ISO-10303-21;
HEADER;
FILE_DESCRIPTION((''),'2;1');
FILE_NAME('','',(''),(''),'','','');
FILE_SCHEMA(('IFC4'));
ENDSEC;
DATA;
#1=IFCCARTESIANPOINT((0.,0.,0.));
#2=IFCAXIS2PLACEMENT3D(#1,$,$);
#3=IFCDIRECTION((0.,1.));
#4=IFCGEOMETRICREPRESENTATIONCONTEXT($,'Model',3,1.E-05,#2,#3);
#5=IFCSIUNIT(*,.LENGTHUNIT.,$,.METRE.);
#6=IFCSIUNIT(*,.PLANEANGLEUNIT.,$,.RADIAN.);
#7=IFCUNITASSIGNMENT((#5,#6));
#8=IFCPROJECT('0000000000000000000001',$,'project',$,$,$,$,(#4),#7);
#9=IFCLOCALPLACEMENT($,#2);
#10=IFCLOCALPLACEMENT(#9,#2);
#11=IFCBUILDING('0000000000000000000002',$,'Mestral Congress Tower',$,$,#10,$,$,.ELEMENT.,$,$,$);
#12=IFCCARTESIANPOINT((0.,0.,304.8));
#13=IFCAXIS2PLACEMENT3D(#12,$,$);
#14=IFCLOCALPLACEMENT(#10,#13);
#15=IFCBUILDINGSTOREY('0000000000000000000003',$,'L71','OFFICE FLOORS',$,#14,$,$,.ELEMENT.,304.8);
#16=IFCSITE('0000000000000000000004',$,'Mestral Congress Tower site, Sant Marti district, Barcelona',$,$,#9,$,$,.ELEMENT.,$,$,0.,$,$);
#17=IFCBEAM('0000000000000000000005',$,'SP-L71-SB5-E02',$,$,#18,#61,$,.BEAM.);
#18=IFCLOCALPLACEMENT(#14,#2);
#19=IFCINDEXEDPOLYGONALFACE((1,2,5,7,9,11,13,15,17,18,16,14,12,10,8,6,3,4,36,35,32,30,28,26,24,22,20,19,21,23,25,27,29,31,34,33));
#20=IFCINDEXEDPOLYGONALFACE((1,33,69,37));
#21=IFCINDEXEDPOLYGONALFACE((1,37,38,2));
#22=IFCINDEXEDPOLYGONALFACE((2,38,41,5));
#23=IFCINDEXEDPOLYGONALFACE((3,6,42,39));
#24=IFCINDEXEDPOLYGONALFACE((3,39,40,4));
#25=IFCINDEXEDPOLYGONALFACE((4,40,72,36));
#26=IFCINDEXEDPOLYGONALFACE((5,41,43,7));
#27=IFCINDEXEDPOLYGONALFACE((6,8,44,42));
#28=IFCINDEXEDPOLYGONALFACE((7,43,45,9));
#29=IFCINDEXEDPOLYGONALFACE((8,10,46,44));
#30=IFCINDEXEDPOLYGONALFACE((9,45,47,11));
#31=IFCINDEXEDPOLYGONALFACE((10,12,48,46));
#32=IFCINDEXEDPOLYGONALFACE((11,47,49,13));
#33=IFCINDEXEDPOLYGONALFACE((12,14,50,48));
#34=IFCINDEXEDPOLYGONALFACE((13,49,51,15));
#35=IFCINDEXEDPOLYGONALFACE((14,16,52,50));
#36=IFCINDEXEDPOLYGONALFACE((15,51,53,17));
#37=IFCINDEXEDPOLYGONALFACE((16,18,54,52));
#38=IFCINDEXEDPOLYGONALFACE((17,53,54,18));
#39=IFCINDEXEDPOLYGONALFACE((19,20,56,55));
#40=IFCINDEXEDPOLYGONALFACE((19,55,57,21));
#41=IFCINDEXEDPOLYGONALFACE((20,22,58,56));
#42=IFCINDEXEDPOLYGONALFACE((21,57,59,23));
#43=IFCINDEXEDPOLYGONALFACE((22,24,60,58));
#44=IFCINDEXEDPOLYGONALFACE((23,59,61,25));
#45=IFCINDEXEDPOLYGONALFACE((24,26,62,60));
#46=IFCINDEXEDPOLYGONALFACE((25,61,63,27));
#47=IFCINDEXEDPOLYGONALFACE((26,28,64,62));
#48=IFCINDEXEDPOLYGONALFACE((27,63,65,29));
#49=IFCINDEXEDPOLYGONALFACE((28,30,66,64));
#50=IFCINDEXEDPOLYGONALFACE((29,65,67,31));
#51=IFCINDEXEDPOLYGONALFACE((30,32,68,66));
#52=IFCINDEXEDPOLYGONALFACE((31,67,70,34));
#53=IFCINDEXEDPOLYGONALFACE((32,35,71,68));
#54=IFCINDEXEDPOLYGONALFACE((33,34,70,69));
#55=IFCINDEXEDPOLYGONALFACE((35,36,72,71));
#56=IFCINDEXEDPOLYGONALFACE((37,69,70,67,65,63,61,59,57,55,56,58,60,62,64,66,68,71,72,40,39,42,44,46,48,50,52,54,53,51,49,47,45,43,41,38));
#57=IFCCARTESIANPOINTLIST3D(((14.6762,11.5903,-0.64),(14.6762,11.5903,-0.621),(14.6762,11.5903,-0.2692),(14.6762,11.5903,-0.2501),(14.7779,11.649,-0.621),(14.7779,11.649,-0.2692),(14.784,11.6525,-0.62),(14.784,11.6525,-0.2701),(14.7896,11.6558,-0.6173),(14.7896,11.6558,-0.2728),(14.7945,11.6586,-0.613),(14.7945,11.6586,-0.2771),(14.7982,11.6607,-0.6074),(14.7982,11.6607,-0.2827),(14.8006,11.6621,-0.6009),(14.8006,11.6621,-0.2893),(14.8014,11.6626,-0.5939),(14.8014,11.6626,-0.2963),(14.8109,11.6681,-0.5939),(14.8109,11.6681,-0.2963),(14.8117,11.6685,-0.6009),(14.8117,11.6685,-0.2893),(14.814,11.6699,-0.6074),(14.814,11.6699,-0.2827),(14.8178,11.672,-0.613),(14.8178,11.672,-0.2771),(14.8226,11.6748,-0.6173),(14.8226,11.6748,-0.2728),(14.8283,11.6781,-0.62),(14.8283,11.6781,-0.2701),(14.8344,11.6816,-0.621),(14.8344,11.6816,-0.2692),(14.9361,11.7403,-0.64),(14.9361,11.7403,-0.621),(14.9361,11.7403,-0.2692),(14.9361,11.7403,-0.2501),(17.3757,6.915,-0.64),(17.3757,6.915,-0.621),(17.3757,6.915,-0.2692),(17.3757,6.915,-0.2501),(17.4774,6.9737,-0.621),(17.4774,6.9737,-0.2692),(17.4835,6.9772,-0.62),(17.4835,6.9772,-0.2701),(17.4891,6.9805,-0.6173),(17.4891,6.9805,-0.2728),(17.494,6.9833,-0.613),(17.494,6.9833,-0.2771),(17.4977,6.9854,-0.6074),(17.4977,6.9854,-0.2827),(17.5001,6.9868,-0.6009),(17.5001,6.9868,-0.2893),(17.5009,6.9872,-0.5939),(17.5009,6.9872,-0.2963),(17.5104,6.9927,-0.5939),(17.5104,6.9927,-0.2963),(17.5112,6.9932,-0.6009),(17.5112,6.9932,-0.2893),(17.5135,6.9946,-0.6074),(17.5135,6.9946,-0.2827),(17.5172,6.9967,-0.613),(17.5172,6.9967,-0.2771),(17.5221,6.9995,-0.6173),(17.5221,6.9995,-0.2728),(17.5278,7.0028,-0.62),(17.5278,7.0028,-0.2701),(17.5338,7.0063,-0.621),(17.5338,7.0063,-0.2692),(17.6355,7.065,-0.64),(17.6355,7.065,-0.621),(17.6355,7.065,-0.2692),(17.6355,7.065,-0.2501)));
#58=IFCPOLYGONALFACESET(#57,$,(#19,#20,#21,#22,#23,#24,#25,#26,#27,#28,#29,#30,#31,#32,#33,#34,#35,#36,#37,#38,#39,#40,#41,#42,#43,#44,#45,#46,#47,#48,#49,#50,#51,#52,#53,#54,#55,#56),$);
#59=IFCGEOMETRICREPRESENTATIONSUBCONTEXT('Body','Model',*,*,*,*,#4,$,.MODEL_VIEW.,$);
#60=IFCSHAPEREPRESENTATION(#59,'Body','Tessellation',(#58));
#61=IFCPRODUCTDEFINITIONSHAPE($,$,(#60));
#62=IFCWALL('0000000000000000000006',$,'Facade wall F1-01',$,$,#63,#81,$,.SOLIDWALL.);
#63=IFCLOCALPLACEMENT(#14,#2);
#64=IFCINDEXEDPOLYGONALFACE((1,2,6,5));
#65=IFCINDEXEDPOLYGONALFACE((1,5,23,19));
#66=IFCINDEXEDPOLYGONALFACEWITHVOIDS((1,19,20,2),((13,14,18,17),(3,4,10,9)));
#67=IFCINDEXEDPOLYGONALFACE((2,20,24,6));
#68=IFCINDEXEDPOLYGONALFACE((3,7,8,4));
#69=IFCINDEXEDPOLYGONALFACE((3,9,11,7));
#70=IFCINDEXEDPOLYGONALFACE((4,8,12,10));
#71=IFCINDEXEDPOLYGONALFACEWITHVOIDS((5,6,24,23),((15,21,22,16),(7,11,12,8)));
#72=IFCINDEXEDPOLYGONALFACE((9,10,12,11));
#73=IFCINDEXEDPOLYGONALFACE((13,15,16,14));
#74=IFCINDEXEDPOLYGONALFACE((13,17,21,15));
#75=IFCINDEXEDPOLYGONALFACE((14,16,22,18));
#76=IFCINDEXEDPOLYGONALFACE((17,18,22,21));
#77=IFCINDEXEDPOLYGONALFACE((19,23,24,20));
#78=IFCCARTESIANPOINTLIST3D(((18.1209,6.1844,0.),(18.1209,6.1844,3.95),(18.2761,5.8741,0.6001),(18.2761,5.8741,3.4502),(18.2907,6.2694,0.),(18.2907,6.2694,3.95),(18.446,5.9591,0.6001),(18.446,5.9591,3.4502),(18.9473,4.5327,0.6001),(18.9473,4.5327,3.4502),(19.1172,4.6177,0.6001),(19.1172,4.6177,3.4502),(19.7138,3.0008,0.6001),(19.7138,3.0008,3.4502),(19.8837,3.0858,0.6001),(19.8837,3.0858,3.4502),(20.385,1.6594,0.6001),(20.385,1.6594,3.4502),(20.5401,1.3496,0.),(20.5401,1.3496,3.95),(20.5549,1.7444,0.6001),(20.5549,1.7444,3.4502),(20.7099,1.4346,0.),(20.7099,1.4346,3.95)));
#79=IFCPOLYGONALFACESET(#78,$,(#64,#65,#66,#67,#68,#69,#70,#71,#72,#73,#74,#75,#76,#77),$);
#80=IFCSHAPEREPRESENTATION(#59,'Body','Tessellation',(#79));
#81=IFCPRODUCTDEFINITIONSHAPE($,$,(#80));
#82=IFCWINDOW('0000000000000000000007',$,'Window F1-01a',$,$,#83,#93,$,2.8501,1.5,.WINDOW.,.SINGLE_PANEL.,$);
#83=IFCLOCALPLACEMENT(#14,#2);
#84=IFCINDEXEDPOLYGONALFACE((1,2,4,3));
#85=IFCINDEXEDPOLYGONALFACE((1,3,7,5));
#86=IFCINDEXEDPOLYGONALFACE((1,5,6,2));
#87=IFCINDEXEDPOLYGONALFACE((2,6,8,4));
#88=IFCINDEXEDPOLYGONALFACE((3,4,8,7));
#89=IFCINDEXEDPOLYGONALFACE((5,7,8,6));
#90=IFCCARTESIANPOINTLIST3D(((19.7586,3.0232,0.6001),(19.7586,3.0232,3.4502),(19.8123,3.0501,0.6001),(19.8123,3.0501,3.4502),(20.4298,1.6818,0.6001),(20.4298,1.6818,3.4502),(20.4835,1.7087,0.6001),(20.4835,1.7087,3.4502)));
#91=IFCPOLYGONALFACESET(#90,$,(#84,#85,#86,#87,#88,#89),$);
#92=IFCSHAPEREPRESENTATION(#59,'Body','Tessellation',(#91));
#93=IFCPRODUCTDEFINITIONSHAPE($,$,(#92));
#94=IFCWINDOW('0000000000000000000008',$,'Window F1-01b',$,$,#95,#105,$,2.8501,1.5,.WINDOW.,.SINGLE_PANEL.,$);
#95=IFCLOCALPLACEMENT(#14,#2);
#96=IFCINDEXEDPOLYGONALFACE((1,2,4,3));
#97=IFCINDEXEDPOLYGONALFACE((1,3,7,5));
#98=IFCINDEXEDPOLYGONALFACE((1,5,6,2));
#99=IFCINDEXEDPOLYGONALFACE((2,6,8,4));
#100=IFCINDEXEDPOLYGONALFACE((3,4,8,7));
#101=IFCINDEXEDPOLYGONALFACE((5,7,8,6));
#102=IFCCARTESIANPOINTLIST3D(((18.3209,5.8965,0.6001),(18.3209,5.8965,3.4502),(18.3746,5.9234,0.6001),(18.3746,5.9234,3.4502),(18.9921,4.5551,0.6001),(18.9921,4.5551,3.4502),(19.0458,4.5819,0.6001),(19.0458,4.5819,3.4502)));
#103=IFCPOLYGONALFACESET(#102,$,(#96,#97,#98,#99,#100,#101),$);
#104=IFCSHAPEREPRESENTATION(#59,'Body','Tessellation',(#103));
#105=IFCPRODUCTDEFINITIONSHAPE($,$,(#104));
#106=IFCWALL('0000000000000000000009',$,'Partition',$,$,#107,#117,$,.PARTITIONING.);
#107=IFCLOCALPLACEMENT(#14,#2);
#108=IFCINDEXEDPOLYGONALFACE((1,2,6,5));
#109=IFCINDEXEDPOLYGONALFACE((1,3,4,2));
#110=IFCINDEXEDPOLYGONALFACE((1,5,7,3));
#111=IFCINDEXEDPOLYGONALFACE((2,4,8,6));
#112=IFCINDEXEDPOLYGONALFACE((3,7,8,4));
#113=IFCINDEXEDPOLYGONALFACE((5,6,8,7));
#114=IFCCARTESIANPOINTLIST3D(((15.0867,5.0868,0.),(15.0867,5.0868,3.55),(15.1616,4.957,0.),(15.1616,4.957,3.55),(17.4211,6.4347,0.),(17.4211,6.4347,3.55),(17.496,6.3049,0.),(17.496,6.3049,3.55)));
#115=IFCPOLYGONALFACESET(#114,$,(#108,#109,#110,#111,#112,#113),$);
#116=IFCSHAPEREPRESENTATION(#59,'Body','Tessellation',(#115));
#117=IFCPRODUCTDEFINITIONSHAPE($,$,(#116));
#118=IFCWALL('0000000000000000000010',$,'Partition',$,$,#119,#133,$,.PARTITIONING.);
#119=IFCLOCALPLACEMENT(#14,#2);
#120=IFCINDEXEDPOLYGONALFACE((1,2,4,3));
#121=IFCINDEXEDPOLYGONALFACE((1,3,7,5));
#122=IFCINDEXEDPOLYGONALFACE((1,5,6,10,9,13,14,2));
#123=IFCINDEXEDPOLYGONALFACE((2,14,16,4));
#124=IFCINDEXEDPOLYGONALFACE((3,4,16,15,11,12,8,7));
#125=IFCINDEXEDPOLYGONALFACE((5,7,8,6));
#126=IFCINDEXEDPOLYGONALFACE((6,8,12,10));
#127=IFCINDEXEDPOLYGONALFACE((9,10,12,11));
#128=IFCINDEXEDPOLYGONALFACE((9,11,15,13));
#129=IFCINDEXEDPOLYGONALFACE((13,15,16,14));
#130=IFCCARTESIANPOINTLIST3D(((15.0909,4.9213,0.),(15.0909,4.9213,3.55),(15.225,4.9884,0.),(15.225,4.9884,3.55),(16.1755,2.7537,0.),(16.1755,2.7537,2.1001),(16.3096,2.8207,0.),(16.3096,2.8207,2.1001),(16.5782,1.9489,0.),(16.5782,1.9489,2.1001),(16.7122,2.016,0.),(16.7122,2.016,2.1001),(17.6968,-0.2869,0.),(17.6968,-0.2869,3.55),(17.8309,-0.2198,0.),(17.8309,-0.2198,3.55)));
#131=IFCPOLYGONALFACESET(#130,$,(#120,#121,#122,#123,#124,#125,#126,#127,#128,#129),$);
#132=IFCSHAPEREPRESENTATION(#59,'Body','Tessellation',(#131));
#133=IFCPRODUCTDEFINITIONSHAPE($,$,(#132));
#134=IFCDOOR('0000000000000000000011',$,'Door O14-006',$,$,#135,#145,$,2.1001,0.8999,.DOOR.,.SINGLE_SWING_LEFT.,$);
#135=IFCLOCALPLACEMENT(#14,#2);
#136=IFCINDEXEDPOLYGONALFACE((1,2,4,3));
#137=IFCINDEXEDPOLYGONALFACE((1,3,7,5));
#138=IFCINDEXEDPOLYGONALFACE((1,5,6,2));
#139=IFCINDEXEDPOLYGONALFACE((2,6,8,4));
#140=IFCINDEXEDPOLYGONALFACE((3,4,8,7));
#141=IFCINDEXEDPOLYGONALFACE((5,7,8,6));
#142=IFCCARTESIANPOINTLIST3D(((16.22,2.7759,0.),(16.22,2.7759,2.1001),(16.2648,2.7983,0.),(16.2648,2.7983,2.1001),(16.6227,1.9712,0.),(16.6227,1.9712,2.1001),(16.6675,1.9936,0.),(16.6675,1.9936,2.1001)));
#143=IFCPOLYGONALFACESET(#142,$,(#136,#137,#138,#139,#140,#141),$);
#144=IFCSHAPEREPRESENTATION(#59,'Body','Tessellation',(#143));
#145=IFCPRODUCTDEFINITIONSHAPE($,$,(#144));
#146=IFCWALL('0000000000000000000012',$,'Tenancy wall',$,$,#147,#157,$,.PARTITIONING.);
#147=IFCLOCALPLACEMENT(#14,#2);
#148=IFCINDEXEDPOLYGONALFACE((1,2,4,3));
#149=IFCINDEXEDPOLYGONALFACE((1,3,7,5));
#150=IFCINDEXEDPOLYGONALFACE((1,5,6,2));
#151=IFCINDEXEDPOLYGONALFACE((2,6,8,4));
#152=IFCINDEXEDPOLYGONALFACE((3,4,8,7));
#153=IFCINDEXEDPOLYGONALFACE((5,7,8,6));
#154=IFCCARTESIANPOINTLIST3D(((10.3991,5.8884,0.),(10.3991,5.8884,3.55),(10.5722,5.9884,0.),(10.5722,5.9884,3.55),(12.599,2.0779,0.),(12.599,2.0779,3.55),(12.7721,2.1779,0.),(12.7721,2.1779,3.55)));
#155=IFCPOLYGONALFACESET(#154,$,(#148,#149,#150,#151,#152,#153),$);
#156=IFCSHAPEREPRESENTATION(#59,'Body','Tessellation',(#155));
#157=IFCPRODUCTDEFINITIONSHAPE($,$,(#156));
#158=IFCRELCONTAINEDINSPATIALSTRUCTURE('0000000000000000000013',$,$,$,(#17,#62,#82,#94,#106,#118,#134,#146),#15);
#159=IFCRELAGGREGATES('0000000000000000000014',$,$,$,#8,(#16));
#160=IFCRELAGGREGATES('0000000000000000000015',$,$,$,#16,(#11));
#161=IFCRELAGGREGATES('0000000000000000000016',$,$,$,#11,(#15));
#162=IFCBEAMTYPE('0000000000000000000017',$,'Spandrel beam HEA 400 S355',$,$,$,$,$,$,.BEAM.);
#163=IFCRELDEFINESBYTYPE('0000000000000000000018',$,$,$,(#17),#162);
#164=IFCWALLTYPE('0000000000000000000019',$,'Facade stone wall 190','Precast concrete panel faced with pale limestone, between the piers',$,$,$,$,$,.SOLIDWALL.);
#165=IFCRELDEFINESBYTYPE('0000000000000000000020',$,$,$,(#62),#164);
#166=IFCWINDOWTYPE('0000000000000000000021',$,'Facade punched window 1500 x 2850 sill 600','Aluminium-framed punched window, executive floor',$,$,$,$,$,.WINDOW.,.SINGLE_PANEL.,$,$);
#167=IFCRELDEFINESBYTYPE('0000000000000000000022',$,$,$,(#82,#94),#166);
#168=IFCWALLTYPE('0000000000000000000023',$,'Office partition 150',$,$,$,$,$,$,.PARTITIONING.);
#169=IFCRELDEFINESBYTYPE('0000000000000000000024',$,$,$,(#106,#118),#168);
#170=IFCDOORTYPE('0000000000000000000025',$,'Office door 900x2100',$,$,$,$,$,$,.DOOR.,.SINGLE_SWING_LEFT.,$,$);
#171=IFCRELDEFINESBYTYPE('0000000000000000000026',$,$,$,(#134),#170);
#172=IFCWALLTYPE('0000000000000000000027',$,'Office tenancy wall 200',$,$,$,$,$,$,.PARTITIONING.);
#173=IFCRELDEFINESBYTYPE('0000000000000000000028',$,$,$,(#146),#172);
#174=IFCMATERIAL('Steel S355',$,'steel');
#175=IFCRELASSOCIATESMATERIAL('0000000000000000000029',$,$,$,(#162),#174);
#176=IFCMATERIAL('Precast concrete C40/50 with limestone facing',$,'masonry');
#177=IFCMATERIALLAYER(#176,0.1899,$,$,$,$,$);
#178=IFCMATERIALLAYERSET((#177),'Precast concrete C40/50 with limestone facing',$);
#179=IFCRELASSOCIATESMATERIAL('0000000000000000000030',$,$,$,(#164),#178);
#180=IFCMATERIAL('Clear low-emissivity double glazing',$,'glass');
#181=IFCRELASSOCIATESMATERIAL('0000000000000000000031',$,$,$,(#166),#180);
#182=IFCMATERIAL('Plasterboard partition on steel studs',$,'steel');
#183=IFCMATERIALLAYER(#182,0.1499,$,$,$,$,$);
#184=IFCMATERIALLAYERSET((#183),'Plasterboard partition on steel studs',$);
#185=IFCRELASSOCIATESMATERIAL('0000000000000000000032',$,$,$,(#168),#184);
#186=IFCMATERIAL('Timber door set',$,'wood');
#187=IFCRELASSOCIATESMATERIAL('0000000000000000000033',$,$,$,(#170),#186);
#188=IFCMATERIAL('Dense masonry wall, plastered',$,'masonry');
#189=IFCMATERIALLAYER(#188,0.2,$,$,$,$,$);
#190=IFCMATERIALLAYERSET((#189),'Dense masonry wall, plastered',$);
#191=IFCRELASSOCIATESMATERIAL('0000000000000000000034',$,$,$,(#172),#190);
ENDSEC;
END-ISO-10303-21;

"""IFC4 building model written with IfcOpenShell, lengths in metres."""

from ifc_helpers import new_model, si_unit, direction, frame, frame_2d, origin, origin_2d, place, context, subcontext, project, spatial, rectangle, i_section, extrude, material, layer, layer_set, material_profile, profile_set, type_object, element, fill, save


model = new_model("IFC4")

# Units and contexts
model_context = context("Model", 3, precision=1e-05, world=origin(), true_north=direction((0.0, 1.0)))
body_context = subcontext(model_context, "Body", "Model", "MODEL_VIEW")
ifc_project = project(units=[si_unit("LENGTHUNIT", "METRE"), si_unit("PLANEANGLEUNIT", "RADIAN")], contexts=[model_context])

# Site, building, storey
site_placement = place(None, origin())
site = spatial("IfcSite", under=ifc_project, at=site_placement, Name="Mestral Congress Tower site, Sant Marti district, Barcelona", CompositionType="ELEMENT", RefElevation=0.0)
building_placement = place(site_placement, origin())
building = spatial("IfcBuilding", under=site, at=building_placement, Name="Mestral Congress Tower", CompositionType="ELEMENT")
storey_placement = place(building_placement, frame((0.0, 0.0, 304.8)))
storey = spatial("IfcBuildingStorey", under=building, at=storey_placement, Name="L71", Description="OFFICE FLOORS", CompositionType="ELEMENT", Elevation=304.8)

# Beam
ifc_material_1 = material(Name="Steel S355", Category="steel")
ifc_material_profile_1 = material_profile(ifc_material_1, i_section(OverallWidth=0.3, OverallDepth=0.3899, WebThickness=0.011, FlangeThickness=0.019, FilletRadius=0.0271, at=origin_2d()), Name="HEA 400")
ifc_profile_set_1 = profile_set([ifc_material_profile_1], Name="Steel S355")
beam_type_1 = type_object("IfcBeamType", Name="Spandrel beam HEA 400 S355", PredefinedType="BEAM", material=ifc_profile_set_1)
beam_1_placement = place(storey_placement, frame((17.5056, 6.99, -0.4451), z_axis=(-0.500025, 0.866011, 0.0), x_axis=(-0.866011, -0.500025, 0.0)))
element("IfcBeam", 1, at=beam_1_placement, inside=storey, type_object=beam_type_1, Name="SP-L71-SB5-E02", PredefinedType="BEAM", context=body_context, shape_type="SweptSolid", body=[
    extrude(i_section(OverallWidth=0.3, OverallDepth=0.3899, WebThickness=0.011, FlangeThickness=0.019, FilletRadius=0.0271, at=origin_2d()), origin(), (0.0, 0.0, 1.0), 5.3987),
])

# Wall, openings, windows
ifc_material_2 = material(Name="Precast concrete C40/50 with limestone facing", Category="masonry")
ifc_layer_1 = layer(ifc_material_2, 0.1899)
ifc_layer_set_1 = layer_set([ifc_layer_1], Name="Precast concrete C40/50 with limestone facing")
wall_type_1 = type_object("IfcWallType", Name="Facade stone wall 190", Description="Precast concrete panel faced with pale limestone, between the piers", PredefinedType="SOLIDWALL", material=ifc_layer_set_1)
wall_1_placement = place(storey_placement, frame((20.625, 1.3921, 0.0), z_axis=(0.0, 0.0, 1.0), x_axis=(-0.447485, 0.894292, 0.0)))
wall_1 = element("IfcWall", 2, at=wall_1_placement, inside=storey, type_object=wall_type_1, Name="Facade wall F1-01", PredefinedType="SOLIDWALL", context=body_context, shape_type="SweptSolid", body=[
    extrude(rectangle(XDim=5.4062, YDim=0.1899, at=frame_2d((2.7031, 0.0))), origin(), (0.0, 0.0, 1.0), 3.95),
])
opening_1_placement = place(wall_1_placement, frame((0.3464, 0.0, 0.6001)))
opening_1 = element("IfcOpeningElement", 3, at=opening_1_placement, cuts=wall_1, PredefinedType="OPENING", context=body_context, shape_type="SweptSolid", body=[
    extrude(rectangle(XDim=1.5, YDim=2.8501, at=frame_2d((0.75, 1.425))), frame((0.0, 0.105, 0.0), z_axis=(0.0, -1.0, 0.0), x_axis=(1.0, 0.0, 0.0)), (0.0, 0.0, 1.0), 0.21),
])
opening_2_placement = place(wall_1_placement, frame((3.5593, 0.0, 0.6001)))
opening_2 = element("IfcOpeningElement", 4, at=opening_2_placement, cuts=wall_1, PredefinedType="OPENING", context=body_context, shape_type="SweptSolid", body=[
    extrude(rectangle(XDim=1.5, YDim=2.8501, at=frame_2d((0.75, 1.425))), frame((0.0, 0.105, 0.0), z_axis=(0.0, -1.0, 0.0), x_axis=(1.0, 0.0, 0.0)), (0.0, 0.0, 1.0), 0.21),
])
ifc_material_3 = material(Name="Clear low-emissivity double glazing", Category="glass")
window_type = type_object("IfcWindowType", Name="Facade punched window 1500 x 2850 sill 600", Description="Aluminium-framed punched window, executive floor", PartitioningType="SINGLE_PANEL", PredefinedType="WINDOW", material=ifc_material_3)
window_1_placement = place(opening_1_placement, origin())
window_1 = element("IfcWindow", 5, at=window_1_placement, inside=storey, type_object=window_type, Name="Window F1-01a", OverallHeight=2.8501, OverallWidth=1.5, PartitioningType="SINGLE_PANEL", PredefinedType="WINDOW", context=body_context, shape_type="SweptSolid", body=[
    extrude(rectangle(XDim=1.5, YDim=2.8501, at=frame_2d((0.75, 1.425))), frame((0.0, 0.0449, 0.0), z_axis=(0.0, -1.0, 0.0), x_axis=(1.0, 0.0, 0.0)), (0.0, 0.0, 1.0), 0.0601),
])
fill(opening_1, window_1)
window_2_placement = place(opening_2_placement, origin())
window_2 = element("IfcWindow", 6, at=window_2_placement, inside=storey, type_object=window_type, Name="Window F1-01b", OverallHeight=2.8501, OverallWidth=1.5, PartitioningType="SINGLE_PANEL", PredefinedType="WINDOW", context=body_context, shape_type="SweptSolid", body=[
    extrude(rectangle(XDim=1.5, YDim=2.8501, at=frame_2d((0.75, 1.425))), frame((0.0, 0.0449, 0.0), z_axis=(0.0, -1.0, 0.0), x_axis=(1.0, 0.0, 0.0)), (0.0, 0.0, 1.0), 0.0601),
])
fill(opening_2, window_2)

# Wall
ifc_material_4 = material(Name="Plasterboard partition on steel studs", Category="steel")
ifc_layer_2 = layer(ifc_material_4, 0.1499)
ifc_layer_set_2 = layer_set([ifc_layer_2], Name="Plasterboard partition on steel studs")
wall_type_2 = type_object("IfcWallType", Name="Office partition 150", PredefinedType="PARTITIONING", material=ifc_layer_set_2)
wall_2_placement = place(storey_placement, frame((15.1243, 5.022, 0.0), z_axis=(0.0, 0.0, 1.0), x_axis=(0.866011, 0.500026, 0.0)))
element("IfcWall", 7, at=wall_2_placement, inside=storey, type_object=wall_type_2, Name="Partition", PredefinedType="PARTITIONING", context=body_context, shape_type="SweptSolid", body=[
    extrude(rectangle(XDim=2.6956, YDim=0.1499, at=frame_2d((1.3477, 0.0))), origin(), (0.0, 0.0, 1.0), 3.55),
])

# Wall, opening, door
wall_3_placement = place(storey_placement, frame((15.158, 4.9548, 0.0), z_axis=(0.0, 0.0, 1.0), x_axis=(0.447465, -0.894301, 0.0)))
wall_3 = element("IfcWall", 8, at=wall_3_placement, inside=storey, type_object=wall_type_2, Name="Partition", PredefinedType="PARTITIONING", context=body_context, shape_type="SweptSolid", body=[
    extrude(rectangle(XDim=5.8237, YDim=0.1499, at=frame_2d((2.9119, 0.0))), origin(), (0.0, 0.0, 1.0), 3.55),
])
opening_3_placement = place(wall_3_placement, frame((2.4238, 0.0, 0.0)))
opening_3 = element("IfcOpeningElement", 9, at=opening_3_placement, cuts=wall_3, PredefinedType="OPENING", context=body_context, shape_type="SweptSolid", body=[
    extrude(rectangle(XDim=0.8999, YDim=2.1001, at=frame_2d((0.45, 1.05))), frame((0.0, 0.085, 0.0), z_axis=(0.0, -1.0, 0.0), x_axis=(1.0, 0.0, 0.0)), (0.0, 0.0, 1.0), 0.1699),
])
ifc_material_5 = material(Name="Timber door set", Category="wood")
door_type = type_object("IfcDoorType", Name="Office door 900x2100", OperationType="SINGLE_SWING_LEFT", PredefinedType="DOOR", material=ifc_material_5)
door_placement = place(opening_3_placement, origin())
door = element("IfcDoor", 10, at=door_placement, inside=storey, type_object=door_type, Name="Door O14-006", OperationType="SINGLE_SWING_LEFT", OverallHeight=2.1001, OverallWidth=0.8999, PredefinedType="DOOR", context=body_context, shape_type="SweptSolid", body=[
    extrude(rectangle(XDim=0.8999, YDim=2.1001, at=frame_2d((0.45, 1.05))), frame((0.0, 0.0249, 0.0), z_axis=(0.0, -1.0, 0.0), x_axis=(1.0, 0.0, 0.0)), (0.0, 0.0, 1.0), 0.05),
])
fill(opening_3, door)

# Wall
ifc_material_6 = material(Name="Dense masonry wall, plastered", Category="masonry")
ifc_layer_3 = layer(ifc_material_6, 0.2)
ifc_layer_set_3 = layer_set([ifc_layer_3], Name="Dense masonry wall, plastered")
wall_type_3 = type_object("IfcWallType", Name="Office tenancy wall 200", PredefinedType="PARTITIONING", material=ifc_layer_set_3)
wall_4_placement = place(storey_placement, frame((12.6855, 2.1279, 0.0), z_axis=(0.0, 0.0, 1.0), x_axis=(-0.499988, 0.866032, 0.0)))
element("IfcWall", 11, at=wall_4_placement, inside=storey, type_object=wall_type_3, Name="Tenancy wall", PredefinedType="PARTITIONING", context=body_context, shape_type="SweptSolid", body=[
    extrude(rectangle(XDim=4.3999, YDim=0.2, at=frame_2d((2.2, 0.0))), origin(), (0.0, 0.0, 1.0), 3.55),
])

save(model, "model.ifc")
